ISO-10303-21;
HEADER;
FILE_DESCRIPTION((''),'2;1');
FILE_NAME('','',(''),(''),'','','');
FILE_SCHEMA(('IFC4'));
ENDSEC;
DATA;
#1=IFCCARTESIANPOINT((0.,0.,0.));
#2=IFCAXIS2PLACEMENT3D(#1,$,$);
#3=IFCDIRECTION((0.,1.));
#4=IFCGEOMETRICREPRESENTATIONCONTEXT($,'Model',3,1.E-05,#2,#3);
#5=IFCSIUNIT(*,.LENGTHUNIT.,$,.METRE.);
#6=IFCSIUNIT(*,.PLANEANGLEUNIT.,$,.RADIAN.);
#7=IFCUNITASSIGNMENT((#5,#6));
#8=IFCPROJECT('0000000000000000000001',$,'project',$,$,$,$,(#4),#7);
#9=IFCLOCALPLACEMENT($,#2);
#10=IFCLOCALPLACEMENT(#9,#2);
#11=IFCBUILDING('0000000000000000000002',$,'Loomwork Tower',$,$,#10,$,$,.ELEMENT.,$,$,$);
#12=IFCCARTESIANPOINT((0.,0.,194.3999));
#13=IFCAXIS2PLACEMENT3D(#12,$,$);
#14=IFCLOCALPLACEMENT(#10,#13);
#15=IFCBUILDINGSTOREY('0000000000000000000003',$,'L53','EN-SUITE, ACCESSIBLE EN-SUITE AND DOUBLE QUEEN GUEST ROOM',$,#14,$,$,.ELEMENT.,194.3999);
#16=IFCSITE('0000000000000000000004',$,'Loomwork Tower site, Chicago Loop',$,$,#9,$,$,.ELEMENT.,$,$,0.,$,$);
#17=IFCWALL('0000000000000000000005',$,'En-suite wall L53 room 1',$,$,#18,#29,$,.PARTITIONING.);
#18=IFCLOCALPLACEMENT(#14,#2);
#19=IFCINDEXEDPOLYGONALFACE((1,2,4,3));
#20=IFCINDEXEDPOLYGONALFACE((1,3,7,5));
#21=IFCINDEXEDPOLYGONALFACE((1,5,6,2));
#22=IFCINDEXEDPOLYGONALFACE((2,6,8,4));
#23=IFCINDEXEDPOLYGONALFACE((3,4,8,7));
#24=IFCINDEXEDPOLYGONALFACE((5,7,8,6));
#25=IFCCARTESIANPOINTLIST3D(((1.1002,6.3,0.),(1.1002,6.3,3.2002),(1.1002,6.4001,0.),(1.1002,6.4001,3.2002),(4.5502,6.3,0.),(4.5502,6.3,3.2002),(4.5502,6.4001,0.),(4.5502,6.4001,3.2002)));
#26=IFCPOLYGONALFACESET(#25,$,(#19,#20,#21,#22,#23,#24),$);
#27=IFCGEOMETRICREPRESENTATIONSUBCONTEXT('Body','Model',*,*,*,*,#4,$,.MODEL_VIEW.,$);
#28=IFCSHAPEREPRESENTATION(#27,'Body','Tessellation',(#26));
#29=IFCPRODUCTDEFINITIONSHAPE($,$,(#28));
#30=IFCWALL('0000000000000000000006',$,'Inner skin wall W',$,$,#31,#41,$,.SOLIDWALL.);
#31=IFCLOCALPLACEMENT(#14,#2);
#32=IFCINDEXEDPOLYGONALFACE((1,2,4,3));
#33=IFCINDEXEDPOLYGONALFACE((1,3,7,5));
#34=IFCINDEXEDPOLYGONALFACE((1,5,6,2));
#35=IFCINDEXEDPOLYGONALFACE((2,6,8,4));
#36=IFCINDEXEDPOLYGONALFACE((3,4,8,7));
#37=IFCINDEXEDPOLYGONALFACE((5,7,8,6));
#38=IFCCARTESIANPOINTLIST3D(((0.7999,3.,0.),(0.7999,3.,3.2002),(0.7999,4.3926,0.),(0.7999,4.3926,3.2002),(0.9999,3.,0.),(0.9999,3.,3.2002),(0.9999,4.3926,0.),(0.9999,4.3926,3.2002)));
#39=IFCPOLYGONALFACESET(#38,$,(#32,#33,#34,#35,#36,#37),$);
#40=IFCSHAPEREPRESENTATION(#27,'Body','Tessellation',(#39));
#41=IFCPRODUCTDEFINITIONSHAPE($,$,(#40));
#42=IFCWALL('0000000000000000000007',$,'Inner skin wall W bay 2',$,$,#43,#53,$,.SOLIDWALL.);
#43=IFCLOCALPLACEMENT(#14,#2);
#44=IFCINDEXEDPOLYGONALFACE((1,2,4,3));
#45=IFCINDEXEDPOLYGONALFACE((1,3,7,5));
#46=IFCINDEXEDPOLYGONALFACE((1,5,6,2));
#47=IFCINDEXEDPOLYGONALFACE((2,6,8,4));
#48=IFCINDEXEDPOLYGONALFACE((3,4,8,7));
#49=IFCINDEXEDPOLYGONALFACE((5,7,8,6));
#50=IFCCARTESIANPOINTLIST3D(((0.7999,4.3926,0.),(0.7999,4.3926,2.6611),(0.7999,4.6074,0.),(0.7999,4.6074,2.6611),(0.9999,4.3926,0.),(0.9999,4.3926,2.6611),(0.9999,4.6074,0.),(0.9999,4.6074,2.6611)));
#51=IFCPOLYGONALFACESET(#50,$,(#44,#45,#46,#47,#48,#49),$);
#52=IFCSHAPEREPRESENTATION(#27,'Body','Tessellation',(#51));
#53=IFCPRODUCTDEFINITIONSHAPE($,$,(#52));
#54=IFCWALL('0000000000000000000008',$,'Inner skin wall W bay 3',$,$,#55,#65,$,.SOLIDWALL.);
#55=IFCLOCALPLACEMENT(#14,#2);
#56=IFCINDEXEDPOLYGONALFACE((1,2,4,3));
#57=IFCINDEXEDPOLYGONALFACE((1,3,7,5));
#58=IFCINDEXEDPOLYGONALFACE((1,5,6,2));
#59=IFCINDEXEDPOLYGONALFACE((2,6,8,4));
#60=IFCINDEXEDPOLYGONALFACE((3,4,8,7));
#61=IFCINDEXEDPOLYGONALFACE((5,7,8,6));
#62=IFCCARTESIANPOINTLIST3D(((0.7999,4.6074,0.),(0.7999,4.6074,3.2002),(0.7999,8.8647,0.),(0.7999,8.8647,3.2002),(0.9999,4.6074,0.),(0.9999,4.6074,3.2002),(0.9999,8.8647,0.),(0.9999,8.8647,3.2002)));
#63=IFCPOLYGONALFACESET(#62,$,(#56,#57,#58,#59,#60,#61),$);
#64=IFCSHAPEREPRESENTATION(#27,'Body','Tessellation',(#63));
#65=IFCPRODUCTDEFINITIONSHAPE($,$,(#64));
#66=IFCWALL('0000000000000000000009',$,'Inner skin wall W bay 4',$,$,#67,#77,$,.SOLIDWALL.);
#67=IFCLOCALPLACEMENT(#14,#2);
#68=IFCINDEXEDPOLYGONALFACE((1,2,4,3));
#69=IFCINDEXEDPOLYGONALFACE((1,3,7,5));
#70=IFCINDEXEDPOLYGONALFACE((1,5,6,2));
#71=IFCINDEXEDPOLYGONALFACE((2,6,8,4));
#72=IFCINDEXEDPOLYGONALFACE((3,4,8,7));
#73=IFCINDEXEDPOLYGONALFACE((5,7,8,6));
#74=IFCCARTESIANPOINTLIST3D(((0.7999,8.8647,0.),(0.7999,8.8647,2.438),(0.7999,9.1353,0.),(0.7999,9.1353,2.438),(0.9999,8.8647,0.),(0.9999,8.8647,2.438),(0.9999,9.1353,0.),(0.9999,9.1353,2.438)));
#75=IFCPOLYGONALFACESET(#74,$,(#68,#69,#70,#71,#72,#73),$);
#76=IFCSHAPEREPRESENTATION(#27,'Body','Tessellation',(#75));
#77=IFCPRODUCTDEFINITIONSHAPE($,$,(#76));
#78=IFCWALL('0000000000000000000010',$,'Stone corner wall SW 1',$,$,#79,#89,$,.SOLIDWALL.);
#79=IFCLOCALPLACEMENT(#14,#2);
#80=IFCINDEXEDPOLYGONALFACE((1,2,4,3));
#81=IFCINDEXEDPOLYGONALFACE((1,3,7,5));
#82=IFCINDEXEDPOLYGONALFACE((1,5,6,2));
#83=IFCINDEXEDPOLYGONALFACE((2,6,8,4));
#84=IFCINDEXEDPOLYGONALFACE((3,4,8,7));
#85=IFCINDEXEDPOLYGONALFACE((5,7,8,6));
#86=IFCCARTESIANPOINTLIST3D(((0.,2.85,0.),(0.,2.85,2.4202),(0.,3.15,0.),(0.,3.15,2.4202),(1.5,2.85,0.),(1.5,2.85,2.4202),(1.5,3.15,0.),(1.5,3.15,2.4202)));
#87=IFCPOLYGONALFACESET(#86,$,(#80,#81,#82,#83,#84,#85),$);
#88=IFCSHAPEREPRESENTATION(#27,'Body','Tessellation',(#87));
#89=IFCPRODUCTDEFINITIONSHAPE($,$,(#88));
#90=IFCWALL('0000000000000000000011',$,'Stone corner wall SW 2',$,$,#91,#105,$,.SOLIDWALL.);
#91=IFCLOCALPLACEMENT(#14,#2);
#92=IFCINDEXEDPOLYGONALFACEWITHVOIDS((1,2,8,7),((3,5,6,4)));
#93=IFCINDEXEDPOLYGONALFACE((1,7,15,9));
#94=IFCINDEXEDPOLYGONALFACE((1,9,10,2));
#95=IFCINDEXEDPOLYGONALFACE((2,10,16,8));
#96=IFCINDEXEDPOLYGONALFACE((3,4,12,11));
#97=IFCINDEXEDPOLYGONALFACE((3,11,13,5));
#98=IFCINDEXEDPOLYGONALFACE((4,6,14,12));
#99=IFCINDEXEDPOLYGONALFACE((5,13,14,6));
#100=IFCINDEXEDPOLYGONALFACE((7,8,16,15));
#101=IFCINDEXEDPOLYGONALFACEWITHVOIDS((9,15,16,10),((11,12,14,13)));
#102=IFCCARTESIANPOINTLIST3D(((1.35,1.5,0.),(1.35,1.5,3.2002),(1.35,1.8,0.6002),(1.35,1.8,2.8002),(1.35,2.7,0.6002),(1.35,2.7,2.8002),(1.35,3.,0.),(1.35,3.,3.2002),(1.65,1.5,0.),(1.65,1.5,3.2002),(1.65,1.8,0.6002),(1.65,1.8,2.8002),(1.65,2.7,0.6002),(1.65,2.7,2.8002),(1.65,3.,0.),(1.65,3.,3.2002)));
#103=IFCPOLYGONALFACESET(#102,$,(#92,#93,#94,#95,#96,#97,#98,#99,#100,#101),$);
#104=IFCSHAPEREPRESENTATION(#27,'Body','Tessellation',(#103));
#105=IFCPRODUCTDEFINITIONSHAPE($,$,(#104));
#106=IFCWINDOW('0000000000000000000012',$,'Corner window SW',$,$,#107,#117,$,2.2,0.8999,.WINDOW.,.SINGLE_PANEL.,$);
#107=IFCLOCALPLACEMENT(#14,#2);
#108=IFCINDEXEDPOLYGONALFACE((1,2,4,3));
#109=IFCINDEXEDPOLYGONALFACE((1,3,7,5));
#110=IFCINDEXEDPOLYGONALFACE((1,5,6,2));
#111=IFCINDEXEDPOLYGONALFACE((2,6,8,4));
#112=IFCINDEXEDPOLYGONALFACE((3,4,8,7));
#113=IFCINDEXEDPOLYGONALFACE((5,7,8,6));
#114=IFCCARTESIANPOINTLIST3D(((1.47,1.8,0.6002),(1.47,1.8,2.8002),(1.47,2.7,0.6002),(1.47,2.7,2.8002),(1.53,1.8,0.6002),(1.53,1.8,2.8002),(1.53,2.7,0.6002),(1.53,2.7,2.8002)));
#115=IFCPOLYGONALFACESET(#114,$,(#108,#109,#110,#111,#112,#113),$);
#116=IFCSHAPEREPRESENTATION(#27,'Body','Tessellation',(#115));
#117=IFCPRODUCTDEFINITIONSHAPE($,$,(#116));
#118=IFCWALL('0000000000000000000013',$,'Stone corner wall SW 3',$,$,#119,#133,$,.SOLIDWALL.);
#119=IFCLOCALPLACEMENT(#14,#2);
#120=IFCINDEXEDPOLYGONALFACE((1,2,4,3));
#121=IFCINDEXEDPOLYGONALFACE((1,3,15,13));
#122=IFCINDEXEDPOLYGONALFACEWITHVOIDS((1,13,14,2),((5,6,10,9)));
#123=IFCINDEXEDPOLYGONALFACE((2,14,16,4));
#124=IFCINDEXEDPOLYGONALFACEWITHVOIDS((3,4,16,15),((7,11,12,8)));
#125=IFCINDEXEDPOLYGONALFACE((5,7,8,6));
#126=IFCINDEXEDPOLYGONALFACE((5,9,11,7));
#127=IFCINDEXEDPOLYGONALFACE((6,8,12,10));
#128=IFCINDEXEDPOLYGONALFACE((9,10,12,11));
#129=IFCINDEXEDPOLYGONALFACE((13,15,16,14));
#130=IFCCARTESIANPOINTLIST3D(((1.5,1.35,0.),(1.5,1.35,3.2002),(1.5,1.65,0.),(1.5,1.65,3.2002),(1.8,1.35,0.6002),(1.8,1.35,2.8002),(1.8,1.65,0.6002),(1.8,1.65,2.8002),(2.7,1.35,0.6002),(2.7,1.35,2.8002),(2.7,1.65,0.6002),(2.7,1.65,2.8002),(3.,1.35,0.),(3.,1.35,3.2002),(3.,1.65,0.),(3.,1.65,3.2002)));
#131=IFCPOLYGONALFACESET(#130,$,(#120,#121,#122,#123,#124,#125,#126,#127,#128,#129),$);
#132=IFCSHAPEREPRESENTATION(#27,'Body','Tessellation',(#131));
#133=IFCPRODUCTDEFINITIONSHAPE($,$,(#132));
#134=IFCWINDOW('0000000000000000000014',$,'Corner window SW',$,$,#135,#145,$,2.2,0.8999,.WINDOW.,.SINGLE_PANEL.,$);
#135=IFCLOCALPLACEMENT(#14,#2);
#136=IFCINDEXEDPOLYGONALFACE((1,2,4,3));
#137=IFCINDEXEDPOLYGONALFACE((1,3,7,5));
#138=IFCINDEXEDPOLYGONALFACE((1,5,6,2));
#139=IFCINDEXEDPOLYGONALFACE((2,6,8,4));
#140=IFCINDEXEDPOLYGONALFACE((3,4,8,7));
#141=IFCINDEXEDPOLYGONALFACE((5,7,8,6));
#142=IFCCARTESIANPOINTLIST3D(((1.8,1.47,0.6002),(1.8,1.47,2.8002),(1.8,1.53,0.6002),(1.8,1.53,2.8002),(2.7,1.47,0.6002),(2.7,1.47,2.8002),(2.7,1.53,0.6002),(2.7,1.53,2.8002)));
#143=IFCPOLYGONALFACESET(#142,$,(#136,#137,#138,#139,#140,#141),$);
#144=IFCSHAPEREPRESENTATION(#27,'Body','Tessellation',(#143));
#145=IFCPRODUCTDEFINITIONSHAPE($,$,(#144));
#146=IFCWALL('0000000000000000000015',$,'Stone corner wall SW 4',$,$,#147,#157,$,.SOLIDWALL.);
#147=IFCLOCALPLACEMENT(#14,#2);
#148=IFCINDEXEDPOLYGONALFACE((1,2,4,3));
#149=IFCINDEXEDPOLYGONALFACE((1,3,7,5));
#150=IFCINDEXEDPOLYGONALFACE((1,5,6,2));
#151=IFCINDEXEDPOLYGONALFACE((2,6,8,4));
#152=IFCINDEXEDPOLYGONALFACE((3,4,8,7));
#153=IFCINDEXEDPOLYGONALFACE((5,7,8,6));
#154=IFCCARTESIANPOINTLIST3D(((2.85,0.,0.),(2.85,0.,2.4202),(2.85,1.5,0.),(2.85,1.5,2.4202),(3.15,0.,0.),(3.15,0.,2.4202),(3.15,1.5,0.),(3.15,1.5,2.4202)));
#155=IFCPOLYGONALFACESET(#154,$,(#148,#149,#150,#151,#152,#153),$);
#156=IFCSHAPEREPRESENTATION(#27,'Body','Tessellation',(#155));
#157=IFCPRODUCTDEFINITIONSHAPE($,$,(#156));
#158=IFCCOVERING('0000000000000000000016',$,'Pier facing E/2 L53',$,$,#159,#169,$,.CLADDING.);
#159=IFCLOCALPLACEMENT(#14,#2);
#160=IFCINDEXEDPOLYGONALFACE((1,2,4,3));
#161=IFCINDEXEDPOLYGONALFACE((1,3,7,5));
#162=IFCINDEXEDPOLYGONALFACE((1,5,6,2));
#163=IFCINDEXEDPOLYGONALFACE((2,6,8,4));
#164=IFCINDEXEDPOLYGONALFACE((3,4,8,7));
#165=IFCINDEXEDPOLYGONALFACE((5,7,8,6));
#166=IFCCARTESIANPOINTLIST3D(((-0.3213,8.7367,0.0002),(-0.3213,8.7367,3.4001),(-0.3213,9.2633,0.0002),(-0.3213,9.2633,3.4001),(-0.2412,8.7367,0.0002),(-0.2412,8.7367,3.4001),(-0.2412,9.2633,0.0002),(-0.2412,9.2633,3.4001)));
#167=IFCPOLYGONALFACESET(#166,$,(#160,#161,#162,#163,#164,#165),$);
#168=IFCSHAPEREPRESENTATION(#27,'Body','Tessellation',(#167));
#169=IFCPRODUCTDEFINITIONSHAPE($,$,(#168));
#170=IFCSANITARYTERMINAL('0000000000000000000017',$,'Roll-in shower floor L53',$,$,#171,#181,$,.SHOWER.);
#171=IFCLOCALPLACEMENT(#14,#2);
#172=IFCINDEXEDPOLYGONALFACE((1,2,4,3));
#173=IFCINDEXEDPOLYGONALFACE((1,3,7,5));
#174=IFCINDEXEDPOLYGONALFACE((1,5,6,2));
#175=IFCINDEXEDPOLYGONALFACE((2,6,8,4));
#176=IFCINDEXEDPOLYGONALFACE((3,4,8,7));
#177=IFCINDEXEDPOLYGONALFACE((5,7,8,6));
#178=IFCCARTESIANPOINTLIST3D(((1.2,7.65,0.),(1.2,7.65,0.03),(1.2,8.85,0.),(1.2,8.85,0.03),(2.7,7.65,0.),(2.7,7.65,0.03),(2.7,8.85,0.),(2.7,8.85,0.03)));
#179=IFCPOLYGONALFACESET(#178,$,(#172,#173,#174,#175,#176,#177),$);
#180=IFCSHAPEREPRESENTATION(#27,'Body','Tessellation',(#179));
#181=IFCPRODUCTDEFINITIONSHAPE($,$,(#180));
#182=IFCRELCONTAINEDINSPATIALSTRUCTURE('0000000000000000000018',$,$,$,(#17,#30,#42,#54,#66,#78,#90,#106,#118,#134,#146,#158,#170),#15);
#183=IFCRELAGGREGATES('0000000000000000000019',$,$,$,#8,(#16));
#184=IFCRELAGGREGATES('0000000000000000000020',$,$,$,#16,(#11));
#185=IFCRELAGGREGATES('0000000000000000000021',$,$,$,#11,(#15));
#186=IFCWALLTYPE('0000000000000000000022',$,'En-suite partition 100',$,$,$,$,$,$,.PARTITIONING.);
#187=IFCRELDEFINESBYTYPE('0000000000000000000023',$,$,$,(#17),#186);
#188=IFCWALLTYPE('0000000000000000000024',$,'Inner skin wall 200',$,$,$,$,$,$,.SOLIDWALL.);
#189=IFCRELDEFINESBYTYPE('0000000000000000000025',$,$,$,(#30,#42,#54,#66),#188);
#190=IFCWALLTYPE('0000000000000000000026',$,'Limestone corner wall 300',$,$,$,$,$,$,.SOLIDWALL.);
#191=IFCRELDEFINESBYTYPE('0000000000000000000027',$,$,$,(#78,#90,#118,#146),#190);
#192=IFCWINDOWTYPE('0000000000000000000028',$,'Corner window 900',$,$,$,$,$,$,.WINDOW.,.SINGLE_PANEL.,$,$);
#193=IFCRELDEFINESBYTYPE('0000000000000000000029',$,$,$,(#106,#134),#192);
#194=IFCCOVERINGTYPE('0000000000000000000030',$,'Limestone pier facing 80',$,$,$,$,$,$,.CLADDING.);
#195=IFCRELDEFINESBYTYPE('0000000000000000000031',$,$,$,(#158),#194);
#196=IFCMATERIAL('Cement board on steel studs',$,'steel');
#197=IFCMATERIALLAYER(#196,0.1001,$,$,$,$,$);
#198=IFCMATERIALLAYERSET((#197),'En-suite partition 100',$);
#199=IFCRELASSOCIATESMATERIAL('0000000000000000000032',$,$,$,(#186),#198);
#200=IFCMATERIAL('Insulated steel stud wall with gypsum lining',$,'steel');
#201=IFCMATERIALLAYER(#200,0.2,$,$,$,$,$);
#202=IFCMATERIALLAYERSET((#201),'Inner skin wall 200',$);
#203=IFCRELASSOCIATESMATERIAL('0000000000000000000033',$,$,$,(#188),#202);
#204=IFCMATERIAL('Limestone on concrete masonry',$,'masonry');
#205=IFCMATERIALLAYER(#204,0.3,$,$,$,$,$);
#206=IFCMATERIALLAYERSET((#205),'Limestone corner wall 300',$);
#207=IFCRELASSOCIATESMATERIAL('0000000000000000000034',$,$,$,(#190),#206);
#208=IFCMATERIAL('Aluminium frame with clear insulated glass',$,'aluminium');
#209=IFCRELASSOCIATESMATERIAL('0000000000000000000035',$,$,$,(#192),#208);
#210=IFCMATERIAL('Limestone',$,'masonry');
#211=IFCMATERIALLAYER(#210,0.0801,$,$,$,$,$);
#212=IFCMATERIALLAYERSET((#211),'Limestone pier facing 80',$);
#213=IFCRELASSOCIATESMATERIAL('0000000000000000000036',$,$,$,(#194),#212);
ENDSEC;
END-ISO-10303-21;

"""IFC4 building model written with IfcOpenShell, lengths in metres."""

from ifc_helpers import new_model, si_unit, direction, frame, frame_2d, origin, origin_2d, place, context, subcontext, project, spatial, rectangle, extrude, material, layer, layer_set, type_object, element, fill, save


model = new_model("IFC4")

# Units and contexts
model_context = context("Model", 3, precision=1e-05, world=origin(), true_north=direction((0.0, 1.0)))
body_context = subcontext(model_context, "Body", "Model", "MODEL_VIEW")
ifc_project = project(units=[si_unit("LENGTHUNIT", "METRE"), si_unit("PLANEANGLEUNIT", "RADIAN")], contexts=[model_context])

# Site, building, storey
site_placement = place(None, origin())
site = spatial("IfcSite", under=ifc_project, at=site_placement, Name="Loomwork Tower site, Chicago Loop", CompositionType="ELEMENT", RefElevation=0.0)
building_placement = place(site_placement, origin())
building = spatial("IfcBuilding", under=site, at=building_placement, Name="Loomwork Tower", CompositionType="ELEMENT")
storey_placement = place(building_placement, frame((0.0, 0.0, 194.3999)))
storey = spatial("IfcBuildingStorey", under=building, at=storey_placement, Name="L53", Description="EN-SUITE, ACCESSIBLE EN-SUITE AND DOUBLE QUEEN GUEST ROOM", CompositionType="ELEMENT", Elevation=194.3999)

# Walls
ifc_material_1 = material(Name="Cement board on steel studs", Category="steel")
ifc_layer_1 = layer(ifc_material_1, 0.1001)
ifc_layer_set_1 = layer_set([ifc_layer_1], Name="En-suite partition 100")
wall_type_1 = type_object("IfcWallType", Name="En-suite partition 100", PredefinedType="PARTITIONING", material=ifc_layer_set_1)
wall_1_placement = place(storey_placement, frame((1.1001, 6.3501, 0.0), z_axis=(0.0, 0.0, 1.0), x_axis=(1.0, 0.0, 0.0)))
element("IfcWall", 1, at=wall_1_placement, inside=storey, type_object=wall_type_1, Name="En-suite wall L53 room 1", PredefinedType="PARTITIONING", context=body_context, shape_type="SweptSolid", body=[
    extrude(rectangle(XDim=3.45, YDim=0.1001, at=frame_2d((1.7251, 0.0))), origin(), (0.0, 0.0, 1.0), 3.2002),
])
ifc_material_2 = material(Name="Insulated steel stud wall with gypsum lining", Category="steel")
ifc_layer_2 = layer(ifc_material_2, 0.2)
ifc_layer_set_2 = layer_set([ifc_layer_2], Name="Inner skin wall 200")
wall_type_2 = type_object("IfcWallType", Name="Inner skin wall 200", PredefinedType="SOLIDWALL", material=ifc_layer_set_2)
wall_2_placement = place(storey_placement, frame((0.8999, 3.0, 0.0), z_axis=(0.0, 0.0, 1.0), x_axis=(0.0, 1.0, 0.0)))
element("IfcWall", 2, at=wall_2_placement, inside=storey, type_object=wall_type_2, Name="Inner skin wall W", PredefinedType="SOLIDWALL", context=body_context, shape_type="SweptSolid", body=[
    extrude(rectangle(XDim=1.3926, YDim=0.2, at=frame_2d((0.6963, 0.0))), origin(), (0.0, 0.0, 1.0), 3.2002),
])
wall_3_placement = place(storey_placement, frame((0.8999, 4.3926, 0.0), z_axis=(0.0, 0.0, 1.0), x_axis=(0.0, 1.0, 0.0)))
element("IfcWall", 3, at=wall_3_placement, inside=storey, type_object=wall_type_2, Name="Inner skin wall W bay 2", PredefinedType="SOLIDWALL", context=body_context, shape_type="SweptSolid", body=[
    extrude(rectangle(XDim=0.2148, YDim=0.2, at=frame_2d((0.1074, 0.0))), origin(), (0.0, 0.0, 1.0), 2.6611),
])
wall_4_placement = place(storey_placement, frame((0.8999, 4.6074, 0.0), z_axis=(0.0, 0.0, 1.0), x_axis=(0.0, 1.0, 0.0)))
element("IfcWall", 4, at=wall_4_placement, inside=storey, type_object=wall_type_2, Name="Inner skin wall W bay 3", PredefinedType="SOLIDWALL", context=body_context, shape_type="SweptSolid", body=[
    extrude(rectangle(XDim=4.2573, YDim=0.2, at=frame_2d((2.1287, 0.0))), origin(), (0.0, 0.0, 1.0), 3.2002),
])
wall_5_placement = place(storey_placement, frame((0.8999, 8.8647, 0.0), z_axis=(0.0, 0.0, 1.0), x_axis=(0.0, 1.0, 0.0)))
element("IfcWall", 5, at=wall_5_placement, inside=storey, type_object=wall_type_2, Name="Inner skin wall W bay 4", PredefinedType="SOLIDWALL", context=body_context, shape_type="SweptSolid", body=[
    extrude(rectangle(XDim=0.2705, YDim=0.2, at=frame_2d((0.1353, 0.0))), origin(), (0.0, 0.0, 1.0), 2.438),
])
ifc_material_3 = material(Name="Limestone on concrete masonry", Category="masonry")
ifc_layer_3 = layer(ifc_material_3, 0.3)
ifc_layer_set_3 = layer_set([ifc_layer_3], Name="Limestone corner wall 300")
wall_type_3 = type_object("IfcWallType", Name="Limestone corner wall 300", PredefinedType="SOLIDWALL", material=ifc_layer_set_3)
wall_6_placement = place(storey_placement, frame((0.0, 3.0, 0.0), z_axis=(0.0, 0.0, 1.0), x_axis=(1.0, 0.0, 0.0)))
element("IfcWall", 6, at=wall_6_placement, inside=storey, type_object=wall_type_3, Name="Stone corner wall SW 1", PredefinedType="SOLIDWALL", context=body_context, shape_type="SweptSolid", body=[
    extrude(rectangle(XDim=1.5, YDim=0.3, at=frame_2d((0.75, 0.0))), origin(), (0.0, 0.0, 1.0), 2.4202),
])

# Walls, openings, windows
wall_7_placement = place(storey_placement, frame((1.5, 3.0, 0.0), z_axis=(0.0, 0.0, 1.0), x_axis=(0.0, -1.0, 0.0)))
wall_7 = element("IfcWall", 7, at=wall_7_placement, inside=storey, type_object=wall_type_3, Name="Stone corner wall SW 2", PredefinedType="SOLIDWALL", context=body_context, shape_type="SweptSolid", body=[
    extrude(rectangle(XDim=1.5, YDim=0.3, at=frame_2d((0.75, 0.0))), origin(), (0.0, 0.0, 1.0), 3.2002),
])
opening_1_placement = place(wall_7_placement, frame((0.3, 0.0, 0.6001)))
opening_1 = element("IfcOpeningElement", 8, at=opening_1_placement, cuts=wall_7, PredefinedType="OPENING", context=body_context, shape_type="SweptSolid", body=[
    extrude(rectangle(XDim=0.8999, YDim=2.2, at=frame_2d((0.45, 1.1001))), frame((0.0, 0.1599, 0.0), z_axis=(0.0, -1.0, 0.0), x_axis=(1.0, 0.0, 0.0)), (0.0, 0.0, 1.0), 0.3201),
])
ifc_material_4 = material(Name="Aluminium frame with clear insulated glass", Category="aluminium")
window_type = type_object("IfcWindowType", Name="Corner window 900", PartitioningType="SINGLE_PANEL", PredefinedType="WINDOW", material=ifc_material_4)
window_1_placement = place(opening_1_placement, origin())
window_1 = element("IfcWindow", 9, at=window_1_placement, inside=storey, type_object=window_type, Name="Corner window SW", OverallHeight=2.2, OverallWidth=0.8999, PartitioningType="SINGLE_PANEL", PredefinedType="WINDOW", context=body_context, shape_type="SweptSolid", body=[
    extrude(rectangle(XDim=0.8999, YDim=2.2, at=frame_2d((0.45, 1.1001))), frame((0.0, 0.03, 0.0), z_axis=(0.0, -1.0, 0.0), x_axis=(1.0, 0.0, 0.0)), (0.0, 0.0, 1.0), 0.0601),
])
fill(opening_1, window_1)
wall_8_placement = place(storey_placement, frame((1.5, 1.5, 0.0), z_axis=(0.0, 0.0, 1.0), x_axis=(1.0, 0.0, 0.0)))
wall_8 = element("IfcWall", 10, at=wall_8_placement, inside=storey, type_object=wall_type_3, Name="Stone corner wall SW 3", PredefinedType="SOLIDWALL", context=body_context, shape_type="SweptSolid", body=[
    extrude(rectangle(XDim=1.5, YDim=0.3, at=frame_2d((0.75, 0.0))), origin(), (0.0, 0.0, 1.0), 3.2002),
])
opening_2_placement = place(wall_8_placement, frame((0.3, 0.0, 0.6001)))
opening_2 = element("IfcOpeningElement", 11, at=opening_2_placement, cuts=wall_8, PredefinedType="OPENING", context=body_context, shape_type="SweptSolid", body=[
    extrude(rectangle(XDim=0.8999, YDim=2.2, at=frame_2d((0.45, 1.1001))), frame((0.0, 0.1599, 0.0), z_axis=(0.0, -1.0, 0.0), x_axis=(1.0, 0.0, 0.0)), (0.0, 0.0, 1.0), 0.3201),
])
window_2_placement = place(opening_2_placement, origin())
window_2 = element("IfcWindow", 12, at=window_2_placement, inside=storey, type_object=window_type, Name="Corner window SW", OverallHeight=2.2, OverallWidth=0.8999, PartitioningType="SINGLE_PANEL", PredefinedType="WINDOW", context=body_context, shape_type="SweptSolid", body=[
    extrude(rectangle(XDim=0.8999, YDim=2.2, at=frame_2d((0.45, 1.1001))), frame((0.0, 0.03, 0.0), z_axis=(0.0, -1.0, 0.0), x_axis=(1.0, 0.0, 0.0)), (0.0, 0.0, 1.0), 0.0601),
])
fill(opening_2, window_2)

# Wall
wall_9_placement = place(storey_placement, frame((3.0, 1.5, 0.0), z_axis=(0.0, 0.0, 1.0), x_axis=(0.0, -1.0, 0.0)))
element("IfcWall", 13, at=wall_9_placement, inside=storey, type_object=wall_type_3, Name="Stone corner wall SW 4", PredefinedType="SOLIDWALL", context=body_context, shape_type="SweptSolid", body=[
    extrude(rectangle(XDim=1.5, YDim=0.3, at=frame_2d((0.75, 0.0))), origin(), (0.0, 0.0, 1.0), 2.4202),
])

# Covering
ifc_material_5 = material(Name="Limestone", Category="masonry")
ifc_layer_4 = layer(ifc_material_5, 0.0801)
ifc_layer_set_4 = layer_set([ifc_layer_4], Name="Limestone pier facing 80")
covering_type = type_object("IfcCoveringType", Name="Limestone pier facing 80", PredefinedType="CLADDING", material=ifc_layer_set_4)
covering_placement = place(storey_placement, frame((-0.2812, 9.0, 0.0002), z_axis=(0.0, 0.0, 1.0), x_axis=(1.0, 0.0, 0.0)))
element("IfcCovering", 14, at=covering_placement, inside=storey, type_object=covering_type, Name="Pier facing E/2 L53", PredefinedType="CLADDING", context=body_context, shape_type="SweptSolid", body=[
    extrude(rectangle(XDim=0.0801, YDim=0.5266, at=origin_2d()), origin(), (0.0, 0.0, 1.0), 3.3999),
])

# Sanitary terminal
sanitary_terminal_1_placement = place(storey_placement, frame((1.95, 8.25, 0.0), z_axis=(0.0, 0.0, 1.0), x_axis=(1.0, 0.0, 0.0)))
element("IfcSanitaryTerminal", 15, at=sanitary_terminal_1_placement, inside=storey, Name="Roll-in shower floor L53", PredefinedType="SHOWER", context=body_context, shape_type="SweptSolid", body=[
    extrude(rectangle(XDim=1.5, YDim=1.2, at=origin_2d()), origin(), (0.0, 0.0, 1.0), 0.03),
])

save(model, "model.ifc")
